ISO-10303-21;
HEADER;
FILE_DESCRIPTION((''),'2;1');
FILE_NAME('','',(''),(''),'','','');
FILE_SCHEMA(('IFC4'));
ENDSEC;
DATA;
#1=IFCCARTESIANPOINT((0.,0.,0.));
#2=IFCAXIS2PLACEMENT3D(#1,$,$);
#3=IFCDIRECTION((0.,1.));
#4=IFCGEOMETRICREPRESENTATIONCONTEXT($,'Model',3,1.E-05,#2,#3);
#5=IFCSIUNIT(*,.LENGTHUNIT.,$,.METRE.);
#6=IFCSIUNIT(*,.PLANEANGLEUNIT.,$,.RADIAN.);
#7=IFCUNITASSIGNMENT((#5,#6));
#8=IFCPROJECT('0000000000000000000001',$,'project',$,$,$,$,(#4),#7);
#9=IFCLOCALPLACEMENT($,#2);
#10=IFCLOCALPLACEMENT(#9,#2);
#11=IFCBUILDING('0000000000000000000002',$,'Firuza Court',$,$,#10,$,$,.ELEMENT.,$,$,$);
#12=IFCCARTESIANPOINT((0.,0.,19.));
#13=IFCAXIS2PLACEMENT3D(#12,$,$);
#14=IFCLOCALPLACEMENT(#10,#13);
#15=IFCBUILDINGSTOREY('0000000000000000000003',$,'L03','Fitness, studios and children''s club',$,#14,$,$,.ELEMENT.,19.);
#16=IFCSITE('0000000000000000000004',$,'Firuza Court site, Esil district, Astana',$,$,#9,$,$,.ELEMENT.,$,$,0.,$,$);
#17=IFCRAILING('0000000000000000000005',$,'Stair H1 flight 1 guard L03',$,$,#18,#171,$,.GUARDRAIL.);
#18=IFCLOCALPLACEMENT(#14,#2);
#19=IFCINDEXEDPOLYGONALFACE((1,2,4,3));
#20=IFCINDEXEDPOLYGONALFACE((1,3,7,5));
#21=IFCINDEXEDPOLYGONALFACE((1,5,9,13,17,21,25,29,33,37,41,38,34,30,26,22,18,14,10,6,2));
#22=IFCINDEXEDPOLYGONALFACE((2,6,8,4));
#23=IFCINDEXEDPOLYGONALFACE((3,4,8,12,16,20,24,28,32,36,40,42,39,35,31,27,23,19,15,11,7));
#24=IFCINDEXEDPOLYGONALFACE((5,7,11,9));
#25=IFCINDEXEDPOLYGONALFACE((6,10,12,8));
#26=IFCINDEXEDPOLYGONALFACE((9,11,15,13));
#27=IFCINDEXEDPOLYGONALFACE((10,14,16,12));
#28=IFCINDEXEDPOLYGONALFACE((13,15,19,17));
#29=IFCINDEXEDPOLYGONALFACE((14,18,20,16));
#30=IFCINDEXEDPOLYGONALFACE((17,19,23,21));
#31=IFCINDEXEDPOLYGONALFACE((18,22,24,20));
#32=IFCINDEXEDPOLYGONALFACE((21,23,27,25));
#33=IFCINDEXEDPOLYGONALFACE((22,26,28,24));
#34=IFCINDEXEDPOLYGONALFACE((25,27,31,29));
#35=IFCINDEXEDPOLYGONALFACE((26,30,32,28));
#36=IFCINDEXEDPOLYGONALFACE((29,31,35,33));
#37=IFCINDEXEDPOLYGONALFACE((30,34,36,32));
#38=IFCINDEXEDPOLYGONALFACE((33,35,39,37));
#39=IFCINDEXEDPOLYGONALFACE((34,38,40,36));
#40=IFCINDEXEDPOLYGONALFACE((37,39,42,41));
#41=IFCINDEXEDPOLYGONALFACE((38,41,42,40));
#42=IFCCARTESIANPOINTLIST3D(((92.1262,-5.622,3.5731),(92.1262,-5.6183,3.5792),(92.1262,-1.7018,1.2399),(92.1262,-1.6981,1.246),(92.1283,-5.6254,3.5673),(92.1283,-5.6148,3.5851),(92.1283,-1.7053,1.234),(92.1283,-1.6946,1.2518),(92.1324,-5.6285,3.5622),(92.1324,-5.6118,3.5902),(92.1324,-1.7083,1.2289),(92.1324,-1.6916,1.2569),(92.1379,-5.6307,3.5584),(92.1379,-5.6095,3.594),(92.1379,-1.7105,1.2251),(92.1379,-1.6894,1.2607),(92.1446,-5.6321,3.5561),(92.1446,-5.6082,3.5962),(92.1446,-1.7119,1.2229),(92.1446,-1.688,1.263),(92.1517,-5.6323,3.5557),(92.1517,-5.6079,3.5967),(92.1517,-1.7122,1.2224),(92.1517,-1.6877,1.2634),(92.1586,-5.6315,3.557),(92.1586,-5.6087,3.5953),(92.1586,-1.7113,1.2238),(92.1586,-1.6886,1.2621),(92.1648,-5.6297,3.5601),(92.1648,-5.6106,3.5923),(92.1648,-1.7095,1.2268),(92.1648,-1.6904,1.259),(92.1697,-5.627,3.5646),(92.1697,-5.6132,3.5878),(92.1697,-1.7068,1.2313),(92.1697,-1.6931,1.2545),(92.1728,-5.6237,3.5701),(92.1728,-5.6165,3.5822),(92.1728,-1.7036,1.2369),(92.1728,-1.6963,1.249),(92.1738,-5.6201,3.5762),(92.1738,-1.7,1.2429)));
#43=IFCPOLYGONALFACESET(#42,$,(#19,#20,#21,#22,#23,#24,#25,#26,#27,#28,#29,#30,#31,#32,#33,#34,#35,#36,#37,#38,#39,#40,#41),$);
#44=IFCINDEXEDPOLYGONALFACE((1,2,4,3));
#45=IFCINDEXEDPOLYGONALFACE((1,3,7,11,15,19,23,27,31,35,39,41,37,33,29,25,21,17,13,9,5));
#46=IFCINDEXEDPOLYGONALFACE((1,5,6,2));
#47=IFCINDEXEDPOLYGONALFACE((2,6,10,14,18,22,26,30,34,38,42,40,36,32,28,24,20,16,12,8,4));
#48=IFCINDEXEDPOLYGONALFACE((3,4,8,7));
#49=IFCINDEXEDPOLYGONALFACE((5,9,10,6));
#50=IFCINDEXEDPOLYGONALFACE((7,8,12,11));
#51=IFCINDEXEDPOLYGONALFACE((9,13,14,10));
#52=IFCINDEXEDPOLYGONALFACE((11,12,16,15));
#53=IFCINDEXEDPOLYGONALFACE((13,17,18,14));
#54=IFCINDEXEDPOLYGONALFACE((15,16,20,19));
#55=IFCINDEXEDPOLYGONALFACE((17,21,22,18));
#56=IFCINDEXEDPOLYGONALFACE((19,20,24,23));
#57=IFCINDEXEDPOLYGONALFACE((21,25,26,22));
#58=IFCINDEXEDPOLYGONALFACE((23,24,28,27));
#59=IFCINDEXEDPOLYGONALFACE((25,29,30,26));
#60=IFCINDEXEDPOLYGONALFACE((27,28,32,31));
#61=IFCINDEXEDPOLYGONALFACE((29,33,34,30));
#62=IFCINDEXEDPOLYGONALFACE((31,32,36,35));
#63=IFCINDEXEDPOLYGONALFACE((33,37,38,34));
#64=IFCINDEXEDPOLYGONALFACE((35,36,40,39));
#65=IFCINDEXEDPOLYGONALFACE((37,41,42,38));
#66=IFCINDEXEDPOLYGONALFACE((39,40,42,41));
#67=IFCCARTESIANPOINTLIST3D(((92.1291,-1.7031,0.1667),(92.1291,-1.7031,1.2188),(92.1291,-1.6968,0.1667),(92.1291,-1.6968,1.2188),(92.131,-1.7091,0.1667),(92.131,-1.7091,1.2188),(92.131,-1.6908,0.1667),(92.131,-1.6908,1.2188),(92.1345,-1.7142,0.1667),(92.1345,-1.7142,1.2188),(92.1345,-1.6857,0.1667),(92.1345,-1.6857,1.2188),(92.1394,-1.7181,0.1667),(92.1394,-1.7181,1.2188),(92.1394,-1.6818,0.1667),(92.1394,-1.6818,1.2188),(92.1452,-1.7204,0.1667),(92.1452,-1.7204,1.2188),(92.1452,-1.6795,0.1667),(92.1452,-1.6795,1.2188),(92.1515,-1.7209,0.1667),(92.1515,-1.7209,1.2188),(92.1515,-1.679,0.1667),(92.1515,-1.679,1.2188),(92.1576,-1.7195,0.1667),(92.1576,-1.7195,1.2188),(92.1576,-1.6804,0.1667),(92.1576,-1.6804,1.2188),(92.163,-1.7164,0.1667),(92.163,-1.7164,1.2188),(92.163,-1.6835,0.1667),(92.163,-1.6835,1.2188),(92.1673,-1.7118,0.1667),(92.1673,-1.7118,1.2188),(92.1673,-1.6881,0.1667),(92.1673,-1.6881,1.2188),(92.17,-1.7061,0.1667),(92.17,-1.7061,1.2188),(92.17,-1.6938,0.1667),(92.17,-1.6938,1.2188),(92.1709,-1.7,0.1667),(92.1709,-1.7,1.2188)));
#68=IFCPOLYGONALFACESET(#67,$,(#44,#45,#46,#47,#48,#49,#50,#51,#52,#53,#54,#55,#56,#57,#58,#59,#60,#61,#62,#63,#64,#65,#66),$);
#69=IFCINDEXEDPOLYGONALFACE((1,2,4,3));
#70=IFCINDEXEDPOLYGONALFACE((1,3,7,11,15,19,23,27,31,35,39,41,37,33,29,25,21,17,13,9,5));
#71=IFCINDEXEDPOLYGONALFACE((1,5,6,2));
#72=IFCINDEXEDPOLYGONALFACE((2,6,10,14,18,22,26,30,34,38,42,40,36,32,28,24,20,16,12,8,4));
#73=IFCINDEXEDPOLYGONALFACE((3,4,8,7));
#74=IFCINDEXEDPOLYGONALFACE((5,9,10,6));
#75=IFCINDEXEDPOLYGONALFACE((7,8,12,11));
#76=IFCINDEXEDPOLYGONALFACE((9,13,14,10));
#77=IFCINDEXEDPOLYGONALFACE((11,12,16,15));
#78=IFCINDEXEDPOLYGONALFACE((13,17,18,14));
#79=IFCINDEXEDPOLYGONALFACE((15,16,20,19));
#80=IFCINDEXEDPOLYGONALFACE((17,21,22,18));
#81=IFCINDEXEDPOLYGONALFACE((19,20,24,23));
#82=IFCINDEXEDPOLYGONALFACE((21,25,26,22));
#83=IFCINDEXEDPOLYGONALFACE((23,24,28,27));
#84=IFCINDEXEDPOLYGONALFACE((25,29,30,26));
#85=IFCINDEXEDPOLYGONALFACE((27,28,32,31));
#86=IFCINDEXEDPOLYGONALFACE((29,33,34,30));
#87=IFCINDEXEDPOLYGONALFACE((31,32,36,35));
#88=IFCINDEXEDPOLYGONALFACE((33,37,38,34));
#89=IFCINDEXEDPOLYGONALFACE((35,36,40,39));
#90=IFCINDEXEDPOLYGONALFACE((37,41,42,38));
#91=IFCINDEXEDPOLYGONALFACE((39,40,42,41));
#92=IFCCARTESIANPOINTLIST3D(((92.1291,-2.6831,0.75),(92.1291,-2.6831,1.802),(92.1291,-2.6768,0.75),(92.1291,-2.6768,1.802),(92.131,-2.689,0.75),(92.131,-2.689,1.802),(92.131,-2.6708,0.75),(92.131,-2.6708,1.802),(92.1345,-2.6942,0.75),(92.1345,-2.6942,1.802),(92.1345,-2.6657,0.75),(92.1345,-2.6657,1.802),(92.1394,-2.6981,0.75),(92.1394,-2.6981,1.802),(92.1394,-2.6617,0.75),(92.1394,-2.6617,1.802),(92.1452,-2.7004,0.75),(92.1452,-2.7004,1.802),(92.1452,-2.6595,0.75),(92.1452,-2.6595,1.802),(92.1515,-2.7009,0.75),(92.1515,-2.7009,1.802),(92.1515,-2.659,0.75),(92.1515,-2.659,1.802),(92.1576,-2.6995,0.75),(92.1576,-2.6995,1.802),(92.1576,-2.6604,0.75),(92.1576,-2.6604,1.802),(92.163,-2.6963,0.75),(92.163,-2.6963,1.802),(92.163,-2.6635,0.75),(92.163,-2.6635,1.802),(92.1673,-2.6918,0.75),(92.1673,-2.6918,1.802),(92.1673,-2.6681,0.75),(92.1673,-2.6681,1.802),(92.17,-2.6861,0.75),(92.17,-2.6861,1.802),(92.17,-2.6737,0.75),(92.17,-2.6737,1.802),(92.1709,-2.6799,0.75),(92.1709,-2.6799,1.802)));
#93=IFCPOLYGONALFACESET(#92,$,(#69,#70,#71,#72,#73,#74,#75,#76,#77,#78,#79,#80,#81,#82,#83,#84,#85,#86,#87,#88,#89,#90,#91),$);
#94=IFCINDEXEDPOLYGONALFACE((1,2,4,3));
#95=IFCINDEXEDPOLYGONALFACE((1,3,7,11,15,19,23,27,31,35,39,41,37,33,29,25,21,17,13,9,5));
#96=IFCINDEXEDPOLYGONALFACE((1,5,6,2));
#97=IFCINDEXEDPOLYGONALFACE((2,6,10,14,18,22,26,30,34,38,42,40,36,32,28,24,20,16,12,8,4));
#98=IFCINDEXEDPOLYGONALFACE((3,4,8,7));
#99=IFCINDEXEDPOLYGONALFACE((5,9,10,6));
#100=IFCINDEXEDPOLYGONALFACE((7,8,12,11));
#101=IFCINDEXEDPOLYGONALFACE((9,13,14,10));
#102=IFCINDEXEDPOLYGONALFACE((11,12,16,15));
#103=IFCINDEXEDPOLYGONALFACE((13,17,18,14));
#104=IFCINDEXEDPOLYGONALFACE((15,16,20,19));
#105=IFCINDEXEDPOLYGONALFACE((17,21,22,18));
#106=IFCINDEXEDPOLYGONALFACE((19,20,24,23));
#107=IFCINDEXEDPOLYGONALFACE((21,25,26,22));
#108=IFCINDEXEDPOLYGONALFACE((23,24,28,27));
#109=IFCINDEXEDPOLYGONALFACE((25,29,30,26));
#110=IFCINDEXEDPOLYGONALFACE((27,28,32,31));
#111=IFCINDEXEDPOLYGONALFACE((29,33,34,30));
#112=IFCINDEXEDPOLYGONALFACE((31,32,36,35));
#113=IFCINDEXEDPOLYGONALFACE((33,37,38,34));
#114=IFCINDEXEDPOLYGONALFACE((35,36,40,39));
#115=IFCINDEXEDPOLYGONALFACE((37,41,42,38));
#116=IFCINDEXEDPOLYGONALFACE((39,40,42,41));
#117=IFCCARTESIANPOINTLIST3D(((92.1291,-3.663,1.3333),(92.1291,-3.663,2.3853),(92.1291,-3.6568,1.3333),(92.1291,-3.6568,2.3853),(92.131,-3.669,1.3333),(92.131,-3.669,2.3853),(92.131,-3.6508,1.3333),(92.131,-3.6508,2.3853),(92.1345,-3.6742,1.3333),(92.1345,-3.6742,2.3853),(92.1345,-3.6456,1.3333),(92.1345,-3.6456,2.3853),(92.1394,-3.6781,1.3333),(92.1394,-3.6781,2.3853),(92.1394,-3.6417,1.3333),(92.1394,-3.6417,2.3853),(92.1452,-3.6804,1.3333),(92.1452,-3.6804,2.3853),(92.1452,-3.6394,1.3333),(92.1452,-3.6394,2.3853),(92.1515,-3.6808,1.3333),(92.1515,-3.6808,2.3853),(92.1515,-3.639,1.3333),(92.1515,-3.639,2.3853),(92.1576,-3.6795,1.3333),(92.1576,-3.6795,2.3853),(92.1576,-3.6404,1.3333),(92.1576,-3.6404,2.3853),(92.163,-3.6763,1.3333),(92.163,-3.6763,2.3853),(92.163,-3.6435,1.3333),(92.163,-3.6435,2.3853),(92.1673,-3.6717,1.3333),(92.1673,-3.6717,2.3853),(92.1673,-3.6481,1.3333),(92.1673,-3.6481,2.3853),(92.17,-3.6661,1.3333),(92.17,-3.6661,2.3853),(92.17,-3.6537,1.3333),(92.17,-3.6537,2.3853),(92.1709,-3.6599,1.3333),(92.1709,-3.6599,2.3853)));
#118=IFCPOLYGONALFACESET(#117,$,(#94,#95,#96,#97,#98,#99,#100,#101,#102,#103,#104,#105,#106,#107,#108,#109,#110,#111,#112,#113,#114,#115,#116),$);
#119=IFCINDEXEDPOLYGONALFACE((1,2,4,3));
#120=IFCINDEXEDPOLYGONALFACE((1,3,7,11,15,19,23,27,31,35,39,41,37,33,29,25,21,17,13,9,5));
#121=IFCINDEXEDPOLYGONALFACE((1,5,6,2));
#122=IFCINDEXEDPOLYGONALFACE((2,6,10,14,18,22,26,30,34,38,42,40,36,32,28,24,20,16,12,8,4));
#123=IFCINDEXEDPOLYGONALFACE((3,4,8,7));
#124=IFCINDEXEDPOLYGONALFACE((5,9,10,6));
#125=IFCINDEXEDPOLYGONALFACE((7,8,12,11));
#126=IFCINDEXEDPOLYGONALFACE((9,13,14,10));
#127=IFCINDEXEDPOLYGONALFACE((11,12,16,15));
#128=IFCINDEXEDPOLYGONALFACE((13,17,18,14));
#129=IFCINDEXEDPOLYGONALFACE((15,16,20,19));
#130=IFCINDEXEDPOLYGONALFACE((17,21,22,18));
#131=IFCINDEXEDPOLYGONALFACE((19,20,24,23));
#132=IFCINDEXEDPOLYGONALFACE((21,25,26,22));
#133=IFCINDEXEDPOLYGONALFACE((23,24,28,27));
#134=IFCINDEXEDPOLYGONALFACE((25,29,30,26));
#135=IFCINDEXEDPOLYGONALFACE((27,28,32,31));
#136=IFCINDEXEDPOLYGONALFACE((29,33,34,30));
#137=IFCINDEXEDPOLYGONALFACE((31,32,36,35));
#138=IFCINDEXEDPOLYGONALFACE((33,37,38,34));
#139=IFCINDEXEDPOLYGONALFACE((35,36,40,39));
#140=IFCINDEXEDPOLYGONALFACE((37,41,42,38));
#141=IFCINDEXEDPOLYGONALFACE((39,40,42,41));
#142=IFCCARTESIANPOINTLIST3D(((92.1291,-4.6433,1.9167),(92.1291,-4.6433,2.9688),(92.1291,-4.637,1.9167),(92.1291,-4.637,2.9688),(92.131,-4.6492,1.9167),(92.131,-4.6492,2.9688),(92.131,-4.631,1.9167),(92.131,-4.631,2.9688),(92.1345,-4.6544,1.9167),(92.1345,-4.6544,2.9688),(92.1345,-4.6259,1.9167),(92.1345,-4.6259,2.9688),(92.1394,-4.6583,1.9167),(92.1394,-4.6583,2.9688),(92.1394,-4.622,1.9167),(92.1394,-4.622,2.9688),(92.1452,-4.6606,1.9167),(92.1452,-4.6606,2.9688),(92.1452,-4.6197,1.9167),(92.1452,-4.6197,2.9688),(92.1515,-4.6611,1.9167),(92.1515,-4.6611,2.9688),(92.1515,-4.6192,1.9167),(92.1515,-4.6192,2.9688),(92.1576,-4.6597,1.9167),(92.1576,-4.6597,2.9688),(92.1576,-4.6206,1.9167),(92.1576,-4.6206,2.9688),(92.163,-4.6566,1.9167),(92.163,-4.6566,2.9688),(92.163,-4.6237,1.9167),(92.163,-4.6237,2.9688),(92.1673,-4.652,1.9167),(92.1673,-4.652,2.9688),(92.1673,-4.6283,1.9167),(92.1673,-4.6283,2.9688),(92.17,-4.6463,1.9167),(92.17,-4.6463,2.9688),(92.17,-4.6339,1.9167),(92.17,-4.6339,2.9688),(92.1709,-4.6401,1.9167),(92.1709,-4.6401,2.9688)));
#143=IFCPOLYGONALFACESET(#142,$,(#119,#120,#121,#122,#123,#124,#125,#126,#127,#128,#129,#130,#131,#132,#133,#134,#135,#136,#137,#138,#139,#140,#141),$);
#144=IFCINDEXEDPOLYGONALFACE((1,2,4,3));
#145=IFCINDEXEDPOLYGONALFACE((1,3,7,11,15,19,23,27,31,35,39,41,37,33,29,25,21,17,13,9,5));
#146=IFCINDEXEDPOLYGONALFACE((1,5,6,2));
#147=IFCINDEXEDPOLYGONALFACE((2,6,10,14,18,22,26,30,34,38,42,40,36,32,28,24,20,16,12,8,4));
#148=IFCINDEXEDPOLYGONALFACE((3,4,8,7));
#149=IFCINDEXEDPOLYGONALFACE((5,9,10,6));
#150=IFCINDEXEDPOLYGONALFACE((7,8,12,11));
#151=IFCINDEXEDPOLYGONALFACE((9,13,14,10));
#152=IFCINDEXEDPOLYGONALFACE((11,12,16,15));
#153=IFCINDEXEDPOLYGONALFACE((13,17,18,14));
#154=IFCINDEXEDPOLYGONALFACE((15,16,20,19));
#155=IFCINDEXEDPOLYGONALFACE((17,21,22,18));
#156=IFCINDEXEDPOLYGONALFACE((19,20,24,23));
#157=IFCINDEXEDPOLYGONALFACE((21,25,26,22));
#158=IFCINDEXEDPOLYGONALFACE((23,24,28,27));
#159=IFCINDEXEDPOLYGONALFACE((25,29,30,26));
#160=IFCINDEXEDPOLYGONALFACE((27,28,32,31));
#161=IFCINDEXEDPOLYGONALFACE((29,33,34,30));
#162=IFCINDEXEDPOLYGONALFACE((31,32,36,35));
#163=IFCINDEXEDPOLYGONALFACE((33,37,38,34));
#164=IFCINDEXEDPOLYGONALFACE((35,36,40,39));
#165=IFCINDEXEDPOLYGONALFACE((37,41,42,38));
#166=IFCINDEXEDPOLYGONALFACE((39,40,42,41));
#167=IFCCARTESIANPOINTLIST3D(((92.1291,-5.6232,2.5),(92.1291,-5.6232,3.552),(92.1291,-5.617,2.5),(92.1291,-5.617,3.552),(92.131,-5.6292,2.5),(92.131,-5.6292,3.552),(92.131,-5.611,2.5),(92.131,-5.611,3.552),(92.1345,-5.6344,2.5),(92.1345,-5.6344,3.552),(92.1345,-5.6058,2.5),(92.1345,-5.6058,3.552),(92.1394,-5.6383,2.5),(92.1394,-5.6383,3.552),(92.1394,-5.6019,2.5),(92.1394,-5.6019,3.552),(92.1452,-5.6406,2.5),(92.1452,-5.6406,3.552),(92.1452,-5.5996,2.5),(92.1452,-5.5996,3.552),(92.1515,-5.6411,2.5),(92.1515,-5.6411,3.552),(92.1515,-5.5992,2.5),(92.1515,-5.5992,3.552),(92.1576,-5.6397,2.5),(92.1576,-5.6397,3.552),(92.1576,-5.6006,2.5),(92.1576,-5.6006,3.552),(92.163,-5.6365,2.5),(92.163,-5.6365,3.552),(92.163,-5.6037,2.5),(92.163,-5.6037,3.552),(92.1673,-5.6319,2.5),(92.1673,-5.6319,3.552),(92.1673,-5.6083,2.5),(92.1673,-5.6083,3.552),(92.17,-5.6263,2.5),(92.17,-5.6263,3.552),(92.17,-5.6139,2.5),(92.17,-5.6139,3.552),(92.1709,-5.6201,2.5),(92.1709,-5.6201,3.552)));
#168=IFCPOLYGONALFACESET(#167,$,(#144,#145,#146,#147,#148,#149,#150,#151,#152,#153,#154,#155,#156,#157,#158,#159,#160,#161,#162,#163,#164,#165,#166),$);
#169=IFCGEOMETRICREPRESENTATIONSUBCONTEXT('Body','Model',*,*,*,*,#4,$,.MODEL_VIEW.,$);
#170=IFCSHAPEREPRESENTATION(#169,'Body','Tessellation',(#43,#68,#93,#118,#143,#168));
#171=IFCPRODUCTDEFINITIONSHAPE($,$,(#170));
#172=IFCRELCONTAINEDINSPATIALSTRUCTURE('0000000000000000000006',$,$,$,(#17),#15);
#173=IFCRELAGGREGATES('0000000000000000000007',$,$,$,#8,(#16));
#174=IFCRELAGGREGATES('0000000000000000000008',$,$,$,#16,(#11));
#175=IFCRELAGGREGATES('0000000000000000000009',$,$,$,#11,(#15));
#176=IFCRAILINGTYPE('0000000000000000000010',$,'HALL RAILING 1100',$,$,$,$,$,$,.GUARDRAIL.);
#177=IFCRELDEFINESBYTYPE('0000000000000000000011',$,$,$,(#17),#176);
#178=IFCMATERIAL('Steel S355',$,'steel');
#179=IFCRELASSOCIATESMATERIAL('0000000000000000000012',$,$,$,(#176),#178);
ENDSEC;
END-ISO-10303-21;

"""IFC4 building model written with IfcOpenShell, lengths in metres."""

from ifc_helpers import new_model, si_unit, direction, frame, origin, origin_2d, place, context, subcontext, project, spatial, circle, extrude, material, type_object, element, save


model = new_model("IFC4")

# Units and contexts
model_context = context("Model", 3, precision=1e-05, world=origin(), true_north=direction((0.0, 1.0)))
body_context = subcontext(model_context, "Body", "Model", "MODEL_VIEW")
ifc_project = project(units=[si_unit("LENGTHUNIT", "METRE"), si_unit("PLANEANGLEUNIT", "RADIAN")], contexts=[model_context])

# Site, building, storey
site_placement = place(None, origin())
site = spatial("IfcSite", under=ifc_project, at=site_placement, Name="Firuza Court site, Esil district, Astana", CompositionType="ELEMENT", RefElevation=0.0)
building_placement = place(site_placement, origin())
building = spatial("IfcBuilding", under=site, at=building_placement, Name="Firuza Court", CompositionType="ELEMENT")
storey_placement = place(building_placement, frame((0.0, 0.0, 19.0)))
storey = spatial("IfcBuildingStorey", under=building, at=storey_placement, Name="L03", Description="Fitness, studios and children's club", CompositionType="ELEMENT", Elevation=19.0)

# Railing
ifc_material_1 = material(Name="Steel S355", Category="steel")
railing_type_1 = type_object("IfcRailingType", Name="HALL RAILING 1100", PredefinedType="GUARDRAIL", material=ifc_material_1)
railing_1_placement = place(storey_placement, frame((92.1499, -1.7, 0.1667)))
element("IfcRailing", 1, at=railing_1_placement, inside=storey, type_object=railing_type_1, Name="Stair H1 flight 1 guard L03", PredefinedType="GUARDRAIL", context=body_context, shape_type="SweptSolid", body=[
    extrude(circle(Radius=0.0239, at=origin_2d()), frame((0.0, 0.0, 1.0762), z_axis=(0.0, -0.85931, 0.511455), x_axis=(1.0, 0.0, 0.0)), (0.0, 0.0, 1.0), 4.562),
    extrude(circle(Radius=0.021, at=origin_2d()), origin(), (0.0, 0.0, 1.0), 1.052),
    extrude(circle(Radius=0.021, at=origin_2d()), frame((0.0, -0.98, 0.5833)), (0.0, 0.0, 1.0), 1.052),
    extrude(circle(Radius=0.021, at=origin_2d()), frame((0.0, -1.96, 1.1665)), (0.0, 0.0, 1.0), 1.052),
    extrude(circle(Radius=0.021, at=origin_2d()), frame((0.0, -2.9402, 1.75)), (0.0, 0.0, 1.0), 1.052),
    extrude(circle(Radius=0.021, at=origin_2d()), frame((0.0, -3.9202, 2.3333)), (0.0, 0.0, 1.0), 1.052),
])

save(model, "model.ifc")
